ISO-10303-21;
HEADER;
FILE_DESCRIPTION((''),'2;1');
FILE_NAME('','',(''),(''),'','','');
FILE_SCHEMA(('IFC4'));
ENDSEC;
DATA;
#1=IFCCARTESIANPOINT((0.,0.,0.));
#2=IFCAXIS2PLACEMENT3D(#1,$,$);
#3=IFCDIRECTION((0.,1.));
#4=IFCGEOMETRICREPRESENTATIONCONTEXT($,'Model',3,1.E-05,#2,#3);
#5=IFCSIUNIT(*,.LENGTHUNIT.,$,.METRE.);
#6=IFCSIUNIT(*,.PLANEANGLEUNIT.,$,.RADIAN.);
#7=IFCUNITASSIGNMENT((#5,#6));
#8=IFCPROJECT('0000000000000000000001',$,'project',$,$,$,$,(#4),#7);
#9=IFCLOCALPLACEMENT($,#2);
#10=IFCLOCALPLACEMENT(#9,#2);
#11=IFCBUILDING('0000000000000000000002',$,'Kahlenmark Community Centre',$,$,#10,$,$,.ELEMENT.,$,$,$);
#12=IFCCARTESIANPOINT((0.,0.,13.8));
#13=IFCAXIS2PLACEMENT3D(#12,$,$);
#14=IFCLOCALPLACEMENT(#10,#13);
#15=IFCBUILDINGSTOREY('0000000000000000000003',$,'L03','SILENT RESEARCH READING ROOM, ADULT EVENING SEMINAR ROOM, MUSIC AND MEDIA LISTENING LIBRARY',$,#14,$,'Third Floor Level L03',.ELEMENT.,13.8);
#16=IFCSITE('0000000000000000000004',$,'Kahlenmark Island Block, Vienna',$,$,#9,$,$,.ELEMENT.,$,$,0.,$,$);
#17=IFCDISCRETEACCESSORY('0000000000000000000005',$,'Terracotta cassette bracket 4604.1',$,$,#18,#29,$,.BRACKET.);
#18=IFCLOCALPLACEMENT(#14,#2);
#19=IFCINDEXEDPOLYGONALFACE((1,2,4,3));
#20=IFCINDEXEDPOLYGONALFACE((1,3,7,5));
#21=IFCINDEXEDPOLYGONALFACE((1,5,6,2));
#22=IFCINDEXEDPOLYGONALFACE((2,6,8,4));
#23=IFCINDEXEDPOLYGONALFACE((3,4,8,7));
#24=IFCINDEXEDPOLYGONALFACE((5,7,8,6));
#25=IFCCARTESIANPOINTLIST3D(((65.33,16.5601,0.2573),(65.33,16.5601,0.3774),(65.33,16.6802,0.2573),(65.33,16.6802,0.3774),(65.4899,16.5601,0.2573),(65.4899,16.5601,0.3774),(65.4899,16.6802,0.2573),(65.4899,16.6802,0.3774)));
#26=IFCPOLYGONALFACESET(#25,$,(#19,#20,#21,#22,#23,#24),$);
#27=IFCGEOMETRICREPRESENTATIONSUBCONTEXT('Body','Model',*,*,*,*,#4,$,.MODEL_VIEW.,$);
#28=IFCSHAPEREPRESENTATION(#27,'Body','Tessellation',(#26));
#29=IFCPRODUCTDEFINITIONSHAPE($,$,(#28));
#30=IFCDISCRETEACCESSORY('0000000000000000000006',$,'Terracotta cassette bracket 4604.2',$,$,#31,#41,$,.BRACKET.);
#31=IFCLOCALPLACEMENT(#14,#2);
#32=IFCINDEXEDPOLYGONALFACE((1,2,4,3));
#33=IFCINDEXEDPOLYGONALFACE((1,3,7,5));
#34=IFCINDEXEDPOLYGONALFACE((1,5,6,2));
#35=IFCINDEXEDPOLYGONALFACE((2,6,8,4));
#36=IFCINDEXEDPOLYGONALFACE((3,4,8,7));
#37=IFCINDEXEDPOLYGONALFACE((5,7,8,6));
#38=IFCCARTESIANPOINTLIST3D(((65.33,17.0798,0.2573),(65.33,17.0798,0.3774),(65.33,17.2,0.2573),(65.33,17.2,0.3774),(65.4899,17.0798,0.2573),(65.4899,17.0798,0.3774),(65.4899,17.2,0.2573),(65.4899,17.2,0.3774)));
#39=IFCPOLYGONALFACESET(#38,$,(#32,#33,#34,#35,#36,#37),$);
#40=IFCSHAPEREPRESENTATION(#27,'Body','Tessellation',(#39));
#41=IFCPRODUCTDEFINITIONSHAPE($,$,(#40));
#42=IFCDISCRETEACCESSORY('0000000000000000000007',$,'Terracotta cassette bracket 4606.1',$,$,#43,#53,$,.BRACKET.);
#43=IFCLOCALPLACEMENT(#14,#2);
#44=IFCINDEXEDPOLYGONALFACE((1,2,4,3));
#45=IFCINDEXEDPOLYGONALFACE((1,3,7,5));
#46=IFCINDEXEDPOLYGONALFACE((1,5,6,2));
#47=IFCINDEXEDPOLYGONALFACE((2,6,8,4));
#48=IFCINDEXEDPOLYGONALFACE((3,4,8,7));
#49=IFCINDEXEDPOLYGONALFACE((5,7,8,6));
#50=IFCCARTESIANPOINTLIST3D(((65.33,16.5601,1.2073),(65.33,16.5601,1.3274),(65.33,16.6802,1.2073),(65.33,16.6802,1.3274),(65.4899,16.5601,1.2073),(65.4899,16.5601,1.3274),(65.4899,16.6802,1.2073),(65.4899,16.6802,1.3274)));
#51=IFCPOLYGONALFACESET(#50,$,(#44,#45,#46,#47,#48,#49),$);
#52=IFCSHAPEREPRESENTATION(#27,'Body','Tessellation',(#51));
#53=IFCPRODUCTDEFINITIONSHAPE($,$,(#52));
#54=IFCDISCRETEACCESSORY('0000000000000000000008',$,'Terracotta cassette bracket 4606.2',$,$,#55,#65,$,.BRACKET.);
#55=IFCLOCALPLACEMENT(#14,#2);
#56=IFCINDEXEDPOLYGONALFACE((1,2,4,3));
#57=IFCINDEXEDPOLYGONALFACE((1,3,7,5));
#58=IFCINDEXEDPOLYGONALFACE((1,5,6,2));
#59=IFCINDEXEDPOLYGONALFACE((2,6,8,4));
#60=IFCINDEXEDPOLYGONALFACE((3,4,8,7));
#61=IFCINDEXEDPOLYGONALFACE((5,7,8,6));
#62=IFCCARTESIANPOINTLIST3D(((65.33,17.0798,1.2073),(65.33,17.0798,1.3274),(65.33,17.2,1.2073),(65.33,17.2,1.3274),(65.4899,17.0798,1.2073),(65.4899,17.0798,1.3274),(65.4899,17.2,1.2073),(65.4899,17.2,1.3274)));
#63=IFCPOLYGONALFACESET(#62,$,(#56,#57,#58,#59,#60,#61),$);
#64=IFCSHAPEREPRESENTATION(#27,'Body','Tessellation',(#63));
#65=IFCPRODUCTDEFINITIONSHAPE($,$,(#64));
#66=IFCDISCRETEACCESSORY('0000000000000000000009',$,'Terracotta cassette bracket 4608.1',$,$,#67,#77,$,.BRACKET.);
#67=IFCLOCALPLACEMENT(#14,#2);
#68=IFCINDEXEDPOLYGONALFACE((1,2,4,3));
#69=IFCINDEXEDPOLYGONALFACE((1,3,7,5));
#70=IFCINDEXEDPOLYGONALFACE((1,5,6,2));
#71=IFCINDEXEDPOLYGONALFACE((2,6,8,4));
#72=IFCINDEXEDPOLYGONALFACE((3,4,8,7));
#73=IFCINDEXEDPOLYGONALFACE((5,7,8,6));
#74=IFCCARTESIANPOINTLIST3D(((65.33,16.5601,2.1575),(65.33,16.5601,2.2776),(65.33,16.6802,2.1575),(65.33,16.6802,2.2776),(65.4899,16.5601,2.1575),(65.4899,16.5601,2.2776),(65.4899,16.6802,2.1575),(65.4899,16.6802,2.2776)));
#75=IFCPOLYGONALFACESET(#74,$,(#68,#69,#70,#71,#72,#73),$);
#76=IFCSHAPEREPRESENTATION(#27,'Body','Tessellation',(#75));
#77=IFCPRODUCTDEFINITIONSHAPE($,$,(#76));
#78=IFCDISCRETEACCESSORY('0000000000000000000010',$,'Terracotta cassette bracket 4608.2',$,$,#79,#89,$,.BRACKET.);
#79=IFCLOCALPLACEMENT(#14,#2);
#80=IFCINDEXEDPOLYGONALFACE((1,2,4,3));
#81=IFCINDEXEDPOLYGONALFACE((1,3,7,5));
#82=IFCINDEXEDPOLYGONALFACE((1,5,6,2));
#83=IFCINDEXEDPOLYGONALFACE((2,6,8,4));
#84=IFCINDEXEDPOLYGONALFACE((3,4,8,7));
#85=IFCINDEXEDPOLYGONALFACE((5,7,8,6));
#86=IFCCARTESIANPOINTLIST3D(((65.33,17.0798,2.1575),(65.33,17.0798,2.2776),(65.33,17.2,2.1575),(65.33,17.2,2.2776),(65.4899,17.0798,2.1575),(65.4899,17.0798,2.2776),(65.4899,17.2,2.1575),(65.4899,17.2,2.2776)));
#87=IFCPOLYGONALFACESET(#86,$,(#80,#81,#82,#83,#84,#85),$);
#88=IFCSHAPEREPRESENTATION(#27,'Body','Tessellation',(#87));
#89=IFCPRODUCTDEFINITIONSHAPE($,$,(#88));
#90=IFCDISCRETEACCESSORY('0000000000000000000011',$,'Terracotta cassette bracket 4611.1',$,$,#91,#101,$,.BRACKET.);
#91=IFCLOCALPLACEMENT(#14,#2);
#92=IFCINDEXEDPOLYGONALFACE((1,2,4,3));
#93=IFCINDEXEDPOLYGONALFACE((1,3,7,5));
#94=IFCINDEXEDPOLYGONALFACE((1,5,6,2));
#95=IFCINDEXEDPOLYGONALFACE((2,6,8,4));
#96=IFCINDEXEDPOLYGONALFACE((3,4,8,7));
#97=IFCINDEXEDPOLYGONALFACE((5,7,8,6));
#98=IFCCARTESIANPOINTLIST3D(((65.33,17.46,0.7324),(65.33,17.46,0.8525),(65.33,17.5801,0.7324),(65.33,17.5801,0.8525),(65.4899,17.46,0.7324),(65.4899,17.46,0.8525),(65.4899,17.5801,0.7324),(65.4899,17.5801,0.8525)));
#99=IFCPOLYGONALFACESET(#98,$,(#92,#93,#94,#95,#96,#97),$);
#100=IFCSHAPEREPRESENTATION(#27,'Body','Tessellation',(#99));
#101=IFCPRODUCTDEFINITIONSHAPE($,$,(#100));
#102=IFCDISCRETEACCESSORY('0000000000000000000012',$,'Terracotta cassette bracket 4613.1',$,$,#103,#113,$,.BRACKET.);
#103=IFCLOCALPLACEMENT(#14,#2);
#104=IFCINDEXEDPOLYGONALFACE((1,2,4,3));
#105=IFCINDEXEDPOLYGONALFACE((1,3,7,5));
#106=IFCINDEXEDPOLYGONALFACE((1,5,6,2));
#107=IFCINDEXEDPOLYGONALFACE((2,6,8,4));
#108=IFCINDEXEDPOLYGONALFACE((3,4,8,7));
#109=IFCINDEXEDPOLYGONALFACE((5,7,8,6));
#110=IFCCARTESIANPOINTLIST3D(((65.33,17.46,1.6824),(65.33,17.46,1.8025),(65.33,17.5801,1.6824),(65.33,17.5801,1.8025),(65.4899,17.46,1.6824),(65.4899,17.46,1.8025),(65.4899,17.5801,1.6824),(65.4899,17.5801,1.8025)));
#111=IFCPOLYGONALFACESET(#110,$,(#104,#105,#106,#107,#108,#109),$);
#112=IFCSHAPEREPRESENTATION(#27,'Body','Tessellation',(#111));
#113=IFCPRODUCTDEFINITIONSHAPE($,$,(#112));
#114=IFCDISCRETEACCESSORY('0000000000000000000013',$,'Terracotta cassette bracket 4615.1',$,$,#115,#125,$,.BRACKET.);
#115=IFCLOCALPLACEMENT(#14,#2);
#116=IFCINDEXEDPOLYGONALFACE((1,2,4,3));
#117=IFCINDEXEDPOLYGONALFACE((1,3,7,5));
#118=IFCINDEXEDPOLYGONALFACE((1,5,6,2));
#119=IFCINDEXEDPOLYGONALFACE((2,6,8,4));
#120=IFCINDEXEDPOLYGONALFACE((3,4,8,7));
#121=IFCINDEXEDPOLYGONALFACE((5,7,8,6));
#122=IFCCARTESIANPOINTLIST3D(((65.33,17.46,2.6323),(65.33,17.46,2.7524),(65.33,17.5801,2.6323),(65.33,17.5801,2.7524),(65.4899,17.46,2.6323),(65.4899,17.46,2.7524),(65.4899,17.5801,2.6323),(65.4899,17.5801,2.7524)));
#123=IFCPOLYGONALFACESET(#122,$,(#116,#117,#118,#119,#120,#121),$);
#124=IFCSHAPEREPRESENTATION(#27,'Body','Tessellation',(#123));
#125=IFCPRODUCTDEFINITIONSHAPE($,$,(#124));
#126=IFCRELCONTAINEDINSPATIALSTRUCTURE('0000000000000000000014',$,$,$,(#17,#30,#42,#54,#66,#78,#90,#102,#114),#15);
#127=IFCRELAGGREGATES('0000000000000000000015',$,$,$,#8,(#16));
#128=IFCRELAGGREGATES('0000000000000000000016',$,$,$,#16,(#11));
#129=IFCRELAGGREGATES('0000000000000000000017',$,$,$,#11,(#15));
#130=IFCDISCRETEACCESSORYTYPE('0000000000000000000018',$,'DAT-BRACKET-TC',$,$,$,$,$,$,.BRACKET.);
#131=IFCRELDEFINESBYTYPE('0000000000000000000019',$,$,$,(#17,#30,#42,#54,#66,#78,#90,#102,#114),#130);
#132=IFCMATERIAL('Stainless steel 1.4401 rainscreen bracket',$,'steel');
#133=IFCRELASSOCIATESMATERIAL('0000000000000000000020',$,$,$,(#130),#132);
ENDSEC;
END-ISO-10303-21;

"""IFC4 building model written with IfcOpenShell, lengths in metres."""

from ifc_helpers import new_model, si_unit, direction, frame, origin, origin_2d, place, context, subcontext, project, spatial, rectangle, extrude, material, type_object, element, save


model = new_model("IFC4")

# Units and contexts
model_context = context("Model", 3, precision=1e-05, world=origin(), true_north=direction((0.0, 1.0)))
body_context = subcontext(model_context, "Body", "Model", "MODEL_VIEW")
ifc_project = project(units=[si_unit("LENGTHUNIT", "METRE"), si_unit("PLANEANGLEUNIT", "RADIAN")], contexts=[model_context])

# Site, building, storey
site_placement = place(None, origin())
site = spatial("IfcSite", under=ifc_project, at=site_placement, Name="Kahlenmark Island Block, Vienna", CompositionType="ELEMENT", RefElevation=0.0)
building_placement = place(site_placement, origin())
building = spatial("IfcBuilding", under=site, at=building_placement, Name="Kahlenmark Community Centre", CompositionType="ELEMENT")
storey_placement = place(building_placement, frame((0.0, 0.0, 13.8)))
storey = spatial("IfcBuildingStorey", under=building, at=storey_placement, Name="L03", Description="SILENT RESEARCH READING ROOM, ADULT EVENING SEMINAR ROOM, MUSIC AND MEDIA LISTENING LIBRARY", LongName="Third Floor Level L03", CompositionType="ELEMENT", Elevation=13.8)

# Discrete accessories
ifc_material_1 = material(Name="Stainless steel 1.4401 rainscreen bracket", Category="steel")
discrete_accessory_type = type_object("IfcDiscreteAccessoryType", Name="DAT-BRACKET-TC", PredefinedType="BRACKET", material=ifc_material_1)
for number, where, z_axis, x_axis, name in (
    (1, (65.4099, 16.6201, 0.2573), (0.0, 0.0, 1.0), (0.0, 1.0, 0.0), "Terracotta cassette bracket 4604.1"),
    (2, (65.4099, 17.1399, 0.2573), (0.0, 0.0, 1.0), (0.0, 1.0, 0.0), "Terracotta cassette bracket 4604.2"),
    (3, (65.4099, 16.6201, 1.2073), (0.0, 0.0, 1.0), (0.0, 1.0, 0.0), "Terracotta cassette bracket 4606.1"),
    (4, (65.4099, 17.1399, 1.2073), (0.0, 0.0, 1.0), (0.0, 1.0, 0.0), "Terracotta cassette bracket 4606.2"),
    (5, (65.4099, 16.6201, 2.1575), (0.0, 0.0, 1.0), (0.0, 1.0, 0.0), "Terracotta cassette bracket 4608.1"),
    (6, (65.4099, 17.1399, 2.1575), (0.0, 0.0, 1.0), (0.0, 1.0, 0.0), "Terracotta cassette bracket 4608.2"),
    (7, (65.4099, 17.52, 0.7324), (0.0, 0.0, 1.0), (0.0, 1.0, 0.0), "Terracotta cassette bracket 4611.1"),
    (8, (65.4099, 17.52, 1.6824), (0.0, 0.0, 1.0), (0.0, 1.0, 0.0), "Terracotta cassette bracket 4613.1"),
    (9, (65.4099, 17.52, 2.6323), (0.0, 0.0, 1.0), (0.0, 1.0, 0.0), "Terracotta cassette bracket 4615.1"),
):
    element("IfcDiscreteAccessory", number, at=place(storey_placement, frame(where, z_axis=z_axis, x_axis=x_axis)), inside=storey, type_object=discrete_accessory_type, Name=name, PredefinedType="BRACKET", context=body_context, shape_type="SweptSolid", body=[
        extrude(rectangle(XDim=0.1201, YDim=0.1599, at=origin_2d()), origin(), (0.0, 0.0, 1.0), 0.1201),
    ])

save(model, "model.ifc")
